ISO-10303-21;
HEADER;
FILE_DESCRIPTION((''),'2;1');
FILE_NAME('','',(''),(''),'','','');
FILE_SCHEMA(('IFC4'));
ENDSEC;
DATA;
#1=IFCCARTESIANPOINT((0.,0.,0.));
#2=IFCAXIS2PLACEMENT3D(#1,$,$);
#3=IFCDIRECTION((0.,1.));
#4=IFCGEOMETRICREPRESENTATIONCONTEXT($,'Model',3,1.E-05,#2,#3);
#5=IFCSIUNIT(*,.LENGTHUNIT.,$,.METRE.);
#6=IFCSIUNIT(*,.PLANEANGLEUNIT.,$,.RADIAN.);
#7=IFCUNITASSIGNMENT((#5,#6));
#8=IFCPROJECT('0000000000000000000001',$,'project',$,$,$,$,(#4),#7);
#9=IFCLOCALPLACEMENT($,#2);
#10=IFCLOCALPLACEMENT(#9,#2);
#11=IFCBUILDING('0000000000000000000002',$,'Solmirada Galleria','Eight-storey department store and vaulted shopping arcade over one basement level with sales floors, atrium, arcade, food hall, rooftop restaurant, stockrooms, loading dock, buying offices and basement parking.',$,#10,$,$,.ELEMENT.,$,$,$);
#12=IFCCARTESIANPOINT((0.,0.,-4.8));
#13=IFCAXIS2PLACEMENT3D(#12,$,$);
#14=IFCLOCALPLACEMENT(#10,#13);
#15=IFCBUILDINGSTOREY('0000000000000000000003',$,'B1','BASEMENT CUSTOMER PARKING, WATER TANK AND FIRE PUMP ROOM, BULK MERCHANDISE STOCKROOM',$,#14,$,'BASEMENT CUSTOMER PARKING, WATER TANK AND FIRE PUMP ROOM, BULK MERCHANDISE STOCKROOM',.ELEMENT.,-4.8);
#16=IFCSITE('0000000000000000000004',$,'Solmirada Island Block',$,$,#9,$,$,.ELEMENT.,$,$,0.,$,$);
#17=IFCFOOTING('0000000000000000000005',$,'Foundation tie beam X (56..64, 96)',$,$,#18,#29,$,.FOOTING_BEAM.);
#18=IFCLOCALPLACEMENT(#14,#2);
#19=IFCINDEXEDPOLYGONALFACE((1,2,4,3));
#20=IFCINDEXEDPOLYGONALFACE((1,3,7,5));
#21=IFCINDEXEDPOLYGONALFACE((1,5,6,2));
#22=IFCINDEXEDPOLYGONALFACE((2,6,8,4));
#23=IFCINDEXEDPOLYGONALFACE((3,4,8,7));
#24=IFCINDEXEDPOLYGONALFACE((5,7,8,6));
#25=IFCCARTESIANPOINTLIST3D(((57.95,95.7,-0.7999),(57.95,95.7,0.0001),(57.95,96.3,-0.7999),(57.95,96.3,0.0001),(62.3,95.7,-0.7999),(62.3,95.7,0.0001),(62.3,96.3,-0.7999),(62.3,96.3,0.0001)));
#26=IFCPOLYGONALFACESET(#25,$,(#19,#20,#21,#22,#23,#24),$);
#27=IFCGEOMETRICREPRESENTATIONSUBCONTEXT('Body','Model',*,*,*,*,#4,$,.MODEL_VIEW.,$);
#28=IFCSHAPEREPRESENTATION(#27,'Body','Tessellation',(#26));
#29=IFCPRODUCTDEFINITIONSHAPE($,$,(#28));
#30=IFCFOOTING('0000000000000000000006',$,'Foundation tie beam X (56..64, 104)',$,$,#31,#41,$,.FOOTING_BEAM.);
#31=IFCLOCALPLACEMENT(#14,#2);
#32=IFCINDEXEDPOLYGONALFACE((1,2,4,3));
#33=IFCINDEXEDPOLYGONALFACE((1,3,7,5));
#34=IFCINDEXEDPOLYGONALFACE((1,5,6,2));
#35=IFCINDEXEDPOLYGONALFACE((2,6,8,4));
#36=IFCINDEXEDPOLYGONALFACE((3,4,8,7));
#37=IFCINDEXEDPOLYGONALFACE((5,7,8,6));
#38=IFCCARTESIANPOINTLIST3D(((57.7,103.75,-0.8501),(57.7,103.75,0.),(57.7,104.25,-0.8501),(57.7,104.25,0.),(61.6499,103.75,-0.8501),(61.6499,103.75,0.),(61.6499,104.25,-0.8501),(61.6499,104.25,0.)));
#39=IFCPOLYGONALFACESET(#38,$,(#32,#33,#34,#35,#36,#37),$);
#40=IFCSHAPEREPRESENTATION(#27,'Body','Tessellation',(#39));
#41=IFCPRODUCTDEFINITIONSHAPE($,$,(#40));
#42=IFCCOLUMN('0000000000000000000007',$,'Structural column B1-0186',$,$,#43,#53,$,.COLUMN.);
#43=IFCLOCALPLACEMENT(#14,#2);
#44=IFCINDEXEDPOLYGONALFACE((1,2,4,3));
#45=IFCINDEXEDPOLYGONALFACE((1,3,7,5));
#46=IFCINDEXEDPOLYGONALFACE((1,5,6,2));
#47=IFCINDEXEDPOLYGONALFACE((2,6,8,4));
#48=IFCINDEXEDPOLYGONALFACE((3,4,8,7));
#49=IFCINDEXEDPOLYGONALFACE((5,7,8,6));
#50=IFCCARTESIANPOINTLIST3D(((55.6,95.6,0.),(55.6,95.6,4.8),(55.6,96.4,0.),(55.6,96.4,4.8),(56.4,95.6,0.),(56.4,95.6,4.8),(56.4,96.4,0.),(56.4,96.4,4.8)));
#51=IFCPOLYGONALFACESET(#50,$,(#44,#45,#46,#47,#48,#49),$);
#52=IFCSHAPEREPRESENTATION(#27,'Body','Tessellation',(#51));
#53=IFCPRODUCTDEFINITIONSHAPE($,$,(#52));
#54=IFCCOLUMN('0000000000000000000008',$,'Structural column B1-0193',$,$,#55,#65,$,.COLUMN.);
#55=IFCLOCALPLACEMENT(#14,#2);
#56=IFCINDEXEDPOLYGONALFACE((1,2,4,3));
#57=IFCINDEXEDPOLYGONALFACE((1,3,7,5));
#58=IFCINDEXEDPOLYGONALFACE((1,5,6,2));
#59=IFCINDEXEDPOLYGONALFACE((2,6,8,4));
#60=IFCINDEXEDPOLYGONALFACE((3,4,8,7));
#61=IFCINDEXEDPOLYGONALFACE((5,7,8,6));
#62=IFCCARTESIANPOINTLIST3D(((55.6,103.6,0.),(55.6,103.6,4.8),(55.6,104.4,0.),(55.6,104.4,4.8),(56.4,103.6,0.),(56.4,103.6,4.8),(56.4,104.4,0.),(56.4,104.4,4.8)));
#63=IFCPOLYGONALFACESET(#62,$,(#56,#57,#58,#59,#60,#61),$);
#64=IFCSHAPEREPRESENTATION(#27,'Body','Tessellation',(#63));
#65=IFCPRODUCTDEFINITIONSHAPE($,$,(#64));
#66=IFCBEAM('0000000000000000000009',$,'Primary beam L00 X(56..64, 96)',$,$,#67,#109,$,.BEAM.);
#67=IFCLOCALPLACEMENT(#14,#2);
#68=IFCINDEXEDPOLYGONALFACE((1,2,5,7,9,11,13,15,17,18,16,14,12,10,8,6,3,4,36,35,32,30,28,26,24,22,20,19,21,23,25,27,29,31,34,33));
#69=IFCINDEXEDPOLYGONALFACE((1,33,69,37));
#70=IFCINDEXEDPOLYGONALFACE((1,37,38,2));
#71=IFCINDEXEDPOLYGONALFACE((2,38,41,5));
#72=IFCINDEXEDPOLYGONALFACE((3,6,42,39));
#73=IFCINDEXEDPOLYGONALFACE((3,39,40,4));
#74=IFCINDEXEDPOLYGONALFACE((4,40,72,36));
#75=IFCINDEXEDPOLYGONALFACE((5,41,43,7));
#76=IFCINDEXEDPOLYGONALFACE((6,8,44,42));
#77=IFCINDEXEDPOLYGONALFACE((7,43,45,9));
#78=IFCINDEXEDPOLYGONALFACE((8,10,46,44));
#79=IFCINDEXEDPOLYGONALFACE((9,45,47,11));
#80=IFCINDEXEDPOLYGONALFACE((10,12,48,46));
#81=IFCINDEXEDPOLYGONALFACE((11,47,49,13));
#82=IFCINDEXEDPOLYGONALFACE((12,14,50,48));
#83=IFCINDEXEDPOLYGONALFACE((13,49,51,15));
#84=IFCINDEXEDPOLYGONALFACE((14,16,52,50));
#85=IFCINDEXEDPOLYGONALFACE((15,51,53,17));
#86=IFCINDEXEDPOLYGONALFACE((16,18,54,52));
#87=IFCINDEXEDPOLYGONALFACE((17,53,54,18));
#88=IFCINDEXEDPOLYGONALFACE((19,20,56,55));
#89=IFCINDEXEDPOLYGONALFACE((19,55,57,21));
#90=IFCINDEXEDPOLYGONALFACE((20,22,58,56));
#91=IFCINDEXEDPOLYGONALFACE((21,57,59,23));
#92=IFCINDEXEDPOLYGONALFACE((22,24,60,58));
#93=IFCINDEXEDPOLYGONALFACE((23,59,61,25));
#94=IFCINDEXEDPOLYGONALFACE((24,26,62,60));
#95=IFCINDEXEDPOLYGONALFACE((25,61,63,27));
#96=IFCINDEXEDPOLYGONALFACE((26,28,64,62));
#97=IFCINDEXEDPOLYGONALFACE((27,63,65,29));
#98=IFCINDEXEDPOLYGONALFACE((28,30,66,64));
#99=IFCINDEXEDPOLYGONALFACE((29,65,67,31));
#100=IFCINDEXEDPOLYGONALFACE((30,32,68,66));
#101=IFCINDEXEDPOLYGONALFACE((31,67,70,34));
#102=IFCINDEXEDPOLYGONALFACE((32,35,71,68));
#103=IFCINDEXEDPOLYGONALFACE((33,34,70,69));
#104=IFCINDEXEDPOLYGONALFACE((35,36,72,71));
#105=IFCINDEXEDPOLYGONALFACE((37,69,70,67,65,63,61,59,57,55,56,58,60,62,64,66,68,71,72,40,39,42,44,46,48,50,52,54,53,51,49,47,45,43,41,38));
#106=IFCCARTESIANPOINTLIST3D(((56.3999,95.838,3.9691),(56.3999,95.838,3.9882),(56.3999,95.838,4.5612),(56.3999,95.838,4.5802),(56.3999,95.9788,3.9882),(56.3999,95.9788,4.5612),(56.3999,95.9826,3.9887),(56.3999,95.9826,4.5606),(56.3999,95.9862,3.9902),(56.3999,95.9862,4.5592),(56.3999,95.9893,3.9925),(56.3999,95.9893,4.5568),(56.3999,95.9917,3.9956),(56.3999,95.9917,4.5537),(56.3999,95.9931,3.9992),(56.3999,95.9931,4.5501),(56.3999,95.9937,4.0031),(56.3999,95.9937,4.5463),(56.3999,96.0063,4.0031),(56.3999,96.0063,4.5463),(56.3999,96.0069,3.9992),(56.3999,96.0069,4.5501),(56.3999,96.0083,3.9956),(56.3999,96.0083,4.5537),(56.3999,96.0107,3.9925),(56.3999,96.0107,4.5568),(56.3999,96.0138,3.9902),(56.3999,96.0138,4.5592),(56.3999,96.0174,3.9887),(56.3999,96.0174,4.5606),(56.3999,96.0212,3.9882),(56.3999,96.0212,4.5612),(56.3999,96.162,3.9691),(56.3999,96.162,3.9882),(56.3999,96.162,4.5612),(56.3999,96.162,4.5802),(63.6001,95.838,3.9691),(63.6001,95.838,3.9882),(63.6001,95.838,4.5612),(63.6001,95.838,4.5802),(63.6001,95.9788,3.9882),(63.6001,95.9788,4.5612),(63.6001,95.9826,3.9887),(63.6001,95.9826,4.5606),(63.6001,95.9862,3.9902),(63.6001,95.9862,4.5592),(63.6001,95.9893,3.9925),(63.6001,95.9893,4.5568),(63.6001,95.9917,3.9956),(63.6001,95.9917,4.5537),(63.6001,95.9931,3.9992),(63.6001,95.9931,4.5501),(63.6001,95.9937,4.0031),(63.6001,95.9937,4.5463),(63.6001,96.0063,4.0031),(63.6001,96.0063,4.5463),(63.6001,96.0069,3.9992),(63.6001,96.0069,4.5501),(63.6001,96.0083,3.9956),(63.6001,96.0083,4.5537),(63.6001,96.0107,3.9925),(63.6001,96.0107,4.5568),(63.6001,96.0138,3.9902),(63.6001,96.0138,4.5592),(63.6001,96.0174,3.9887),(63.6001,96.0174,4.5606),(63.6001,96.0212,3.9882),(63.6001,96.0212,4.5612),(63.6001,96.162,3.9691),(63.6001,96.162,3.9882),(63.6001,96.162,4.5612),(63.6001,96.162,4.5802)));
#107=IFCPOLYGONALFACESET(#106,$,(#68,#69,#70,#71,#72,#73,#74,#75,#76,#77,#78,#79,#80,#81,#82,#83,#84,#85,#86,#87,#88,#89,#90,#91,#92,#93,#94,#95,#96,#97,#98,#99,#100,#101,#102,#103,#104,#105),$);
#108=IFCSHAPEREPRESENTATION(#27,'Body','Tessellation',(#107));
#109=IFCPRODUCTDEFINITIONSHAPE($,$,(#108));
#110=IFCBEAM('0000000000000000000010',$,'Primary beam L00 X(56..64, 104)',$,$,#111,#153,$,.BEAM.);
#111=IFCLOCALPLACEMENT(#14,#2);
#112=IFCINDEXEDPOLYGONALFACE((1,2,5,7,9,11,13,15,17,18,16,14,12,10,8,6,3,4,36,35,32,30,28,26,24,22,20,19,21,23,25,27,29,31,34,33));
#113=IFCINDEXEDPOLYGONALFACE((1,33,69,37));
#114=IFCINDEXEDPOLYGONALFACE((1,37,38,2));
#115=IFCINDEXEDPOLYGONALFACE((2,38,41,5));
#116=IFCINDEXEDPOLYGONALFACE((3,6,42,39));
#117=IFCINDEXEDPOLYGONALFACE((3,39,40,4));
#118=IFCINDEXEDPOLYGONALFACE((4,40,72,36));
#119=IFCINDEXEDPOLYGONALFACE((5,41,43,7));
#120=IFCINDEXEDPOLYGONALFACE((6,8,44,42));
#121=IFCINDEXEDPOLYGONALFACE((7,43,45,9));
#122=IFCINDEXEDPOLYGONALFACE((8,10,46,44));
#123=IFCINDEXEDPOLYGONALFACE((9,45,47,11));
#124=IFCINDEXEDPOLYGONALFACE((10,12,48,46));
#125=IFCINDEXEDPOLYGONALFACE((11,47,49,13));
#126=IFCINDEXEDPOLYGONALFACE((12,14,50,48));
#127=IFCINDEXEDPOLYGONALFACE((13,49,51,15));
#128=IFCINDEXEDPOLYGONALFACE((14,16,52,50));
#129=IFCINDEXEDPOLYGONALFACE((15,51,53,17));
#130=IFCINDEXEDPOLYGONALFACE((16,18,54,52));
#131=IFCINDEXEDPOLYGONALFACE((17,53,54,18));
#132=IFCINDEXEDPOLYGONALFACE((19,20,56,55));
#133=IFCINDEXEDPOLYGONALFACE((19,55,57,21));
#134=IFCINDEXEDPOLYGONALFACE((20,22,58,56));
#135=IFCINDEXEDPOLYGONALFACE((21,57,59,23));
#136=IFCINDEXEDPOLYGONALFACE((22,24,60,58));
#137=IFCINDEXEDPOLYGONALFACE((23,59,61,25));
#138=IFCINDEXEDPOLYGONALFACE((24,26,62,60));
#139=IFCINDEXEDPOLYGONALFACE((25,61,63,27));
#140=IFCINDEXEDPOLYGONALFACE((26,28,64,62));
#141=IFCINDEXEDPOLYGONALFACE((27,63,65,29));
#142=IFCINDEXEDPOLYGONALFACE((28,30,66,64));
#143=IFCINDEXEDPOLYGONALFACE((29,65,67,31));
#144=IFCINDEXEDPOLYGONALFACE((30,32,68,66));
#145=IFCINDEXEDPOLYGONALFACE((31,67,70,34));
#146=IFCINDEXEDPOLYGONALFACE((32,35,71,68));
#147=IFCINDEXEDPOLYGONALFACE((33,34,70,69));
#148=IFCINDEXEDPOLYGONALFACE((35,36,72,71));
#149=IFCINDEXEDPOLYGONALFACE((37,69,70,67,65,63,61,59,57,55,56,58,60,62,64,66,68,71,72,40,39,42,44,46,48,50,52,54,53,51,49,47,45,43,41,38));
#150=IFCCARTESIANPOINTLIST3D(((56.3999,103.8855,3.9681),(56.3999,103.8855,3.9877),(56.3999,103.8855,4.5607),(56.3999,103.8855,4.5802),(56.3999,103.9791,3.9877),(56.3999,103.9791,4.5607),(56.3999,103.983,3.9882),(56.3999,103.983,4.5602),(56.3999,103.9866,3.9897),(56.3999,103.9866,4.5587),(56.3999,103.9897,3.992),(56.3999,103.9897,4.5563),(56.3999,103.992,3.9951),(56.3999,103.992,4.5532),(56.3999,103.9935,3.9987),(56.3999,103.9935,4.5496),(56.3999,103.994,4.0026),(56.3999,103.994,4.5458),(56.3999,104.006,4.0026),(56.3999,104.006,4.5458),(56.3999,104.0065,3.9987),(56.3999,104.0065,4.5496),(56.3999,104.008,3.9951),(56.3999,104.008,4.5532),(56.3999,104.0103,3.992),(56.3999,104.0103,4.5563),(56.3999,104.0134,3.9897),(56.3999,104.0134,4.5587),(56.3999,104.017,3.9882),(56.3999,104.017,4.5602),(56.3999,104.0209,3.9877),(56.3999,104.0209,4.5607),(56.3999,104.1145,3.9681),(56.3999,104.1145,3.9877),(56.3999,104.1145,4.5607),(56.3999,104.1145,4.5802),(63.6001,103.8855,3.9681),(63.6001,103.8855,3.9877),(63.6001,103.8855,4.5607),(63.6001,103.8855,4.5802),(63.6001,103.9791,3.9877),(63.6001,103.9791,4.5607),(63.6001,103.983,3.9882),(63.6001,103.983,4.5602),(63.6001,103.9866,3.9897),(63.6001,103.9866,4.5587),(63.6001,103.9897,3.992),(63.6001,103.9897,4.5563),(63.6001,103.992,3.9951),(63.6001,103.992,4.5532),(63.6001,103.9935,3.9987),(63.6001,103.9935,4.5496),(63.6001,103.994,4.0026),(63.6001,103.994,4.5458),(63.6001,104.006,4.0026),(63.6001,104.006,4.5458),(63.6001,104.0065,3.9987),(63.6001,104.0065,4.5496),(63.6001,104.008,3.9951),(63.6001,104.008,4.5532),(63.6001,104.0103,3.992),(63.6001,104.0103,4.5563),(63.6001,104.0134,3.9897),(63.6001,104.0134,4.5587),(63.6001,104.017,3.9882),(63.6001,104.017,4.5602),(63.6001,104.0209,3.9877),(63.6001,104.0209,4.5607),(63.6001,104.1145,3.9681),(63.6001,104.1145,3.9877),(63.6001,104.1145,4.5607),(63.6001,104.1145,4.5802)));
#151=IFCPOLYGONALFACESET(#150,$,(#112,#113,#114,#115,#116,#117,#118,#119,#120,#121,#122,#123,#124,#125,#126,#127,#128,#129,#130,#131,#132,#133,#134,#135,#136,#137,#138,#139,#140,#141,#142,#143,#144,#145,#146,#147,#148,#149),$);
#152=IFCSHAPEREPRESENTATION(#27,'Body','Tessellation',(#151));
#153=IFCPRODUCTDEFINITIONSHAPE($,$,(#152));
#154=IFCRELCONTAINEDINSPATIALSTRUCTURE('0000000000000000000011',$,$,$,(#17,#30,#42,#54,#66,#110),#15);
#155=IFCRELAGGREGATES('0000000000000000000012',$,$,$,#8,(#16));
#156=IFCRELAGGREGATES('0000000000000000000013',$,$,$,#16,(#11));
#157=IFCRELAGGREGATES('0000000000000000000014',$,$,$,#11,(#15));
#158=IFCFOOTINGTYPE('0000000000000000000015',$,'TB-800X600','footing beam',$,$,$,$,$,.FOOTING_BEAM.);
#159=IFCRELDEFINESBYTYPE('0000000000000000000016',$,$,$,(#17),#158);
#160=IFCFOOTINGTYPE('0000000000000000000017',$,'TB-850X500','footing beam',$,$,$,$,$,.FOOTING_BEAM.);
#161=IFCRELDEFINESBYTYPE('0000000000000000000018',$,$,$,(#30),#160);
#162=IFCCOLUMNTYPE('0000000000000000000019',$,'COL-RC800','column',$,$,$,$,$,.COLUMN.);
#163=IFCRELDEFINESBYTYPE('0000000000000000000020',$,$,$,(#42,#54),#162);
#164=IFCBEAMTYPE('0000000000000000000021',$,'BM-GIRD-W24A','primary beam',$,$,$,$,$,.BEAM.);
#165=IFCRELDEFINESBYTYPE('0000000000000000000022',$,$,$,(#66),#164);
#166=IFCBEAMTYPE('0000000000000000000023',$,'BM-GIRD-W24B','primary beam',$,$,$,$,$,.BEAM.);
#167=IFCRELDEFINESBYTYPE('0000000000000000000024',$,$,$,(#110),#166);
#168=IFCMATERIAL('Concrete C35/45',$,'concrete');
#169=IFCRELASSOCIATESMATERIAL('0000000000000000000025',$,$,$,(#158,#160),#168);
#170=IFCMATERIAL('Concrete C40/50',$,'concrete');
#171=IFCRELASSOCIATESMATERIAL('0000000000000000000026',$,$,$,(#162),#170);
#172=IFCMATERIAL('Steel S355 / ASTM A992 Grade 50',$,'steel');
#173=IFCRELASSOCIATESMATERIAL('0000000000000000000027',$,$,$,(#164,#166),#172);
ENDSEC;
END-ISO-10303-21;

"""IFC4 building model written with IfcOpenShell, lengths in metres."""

from ifc_helpers import new_model, si_unit, direction, frame, origin, origin_2d, place, context, subcontext, project, spatial, rectangle, i_section, extrude, material, material_profile, profile_set, type_object, element, save


model = new_model("IFC4")

# Units and contexts
model_context = context("Model", 3, precision=1e-05, world=origin(), true_north=direction((0.0, 1.0)))
body_context = subcontext(model_context, "Body", "Model", "MODEL_VIEW")
ifc_project = project(units=[si_unit("LENGTHUNIT", "METRE"), si_unit("PLANEANGLEUNIT", "RADIAN")], contexts=[model_context])

# Site, building, storey
site_placement = place(None, origin())
site = spatial("IfcSite", under=ifc_project, at=site_placement, Name="Solmirada Island Block", CompositionType="ELEMENT", RefElevation=0.0)
building_placement = place(site_placement, origin())
building = spatial("IfcBuilding", under=site, at=building_placement, Name="Solmirada Galleria", Description="Eight-storey department store and vaulted shopping arcade over one basement level with sales floors, atrium, arcade, food hall, rooftop restaurant, stockrooms, loading dock, buying offices and basement parking.", CompositionType="ELEMENT")
storey_placement = place(building_placement, frame((0.0, 0.0, -4.8)))
storey = spatial("IfcBuildingStorey", under=building, at=storey_placement, Name="B1", Description="BASEMENT CUSTOMER PARKING, WATER TANK AND FIRE PUMP ROOM, BULK MERCHANDISE STOCKROOM", LongName="BASEMENT CUSTOMER PARKING, WATER TANK AND FIRE PUMP ROOM, BULK MERCHANDISE STOCKROOM", CompositionType="ELEMENT", Elevation=-4.8)

# Shared definitions
ifc_material_1 = material(Name="Concrete C35/45", Category="concrete")

# Shared definitions
ifc_material_2 = material(Name="Concrete C40/50", Category="concrete")

# Footings
ifc_material_profile_1 = material_profile(ifc_material_1, rectangle(XDim=0.6001, YDim=0.8, at=origin_2d()), Name="RC800X600")
ifc_profile_set_1 = profile_set([ifc_material_profile_1], Name="Concrete C35/45")
footing_type_1 = type_object("IfcFootingType", Name="TB-800X600", Description="footing beam", PredefinedType="FOOTING_BEAM", material=ifc_profile_set_1)
footing_1_placement = place(storey_placement, frame((57.95, 96.0, -0.3999), z_axis=(1.0, 0.0, 0.0), x_axis=(0.0, 1.0, 0.0)))
element("IfcFooting", 1, at=footing_1_placement, inside=storey, type_object=footing_type_1, Name="Foundation tie beam X (56..64, 96)", PredefinedType="FOOTING_BEAM", context=body_context, shape_type="SweptSolid", body=[
    extrude(rectangle(XDim=0.6001, YDim=0.8, at=origin_2d()), origin(), (0.0, 0.0, 1.0), 4.3501),
])
ifc_material_profile_2 = material_profile(ifc_material_1, rectangle(XDim=0.5, YDim=0.8501, at=origin_2d()), Name="RC850X500")
ifc_profile_set_2 = profile_set([ifc_material_profile_2], Name="Concrete C35/45")
footing_type_2 = type_object("IfcFootingType", Name="TB-850X500", Description="footing beam", PredefinedType="FOOTING_BEAM", material=ifc_profile_set_2)
footing_2_placement = place(storey_placement, frame((57.7, 104.0, -0.425), z_axis=(1.0, 0.0, 0.0), x_axis=(0.0, 1.0, 0.0)))
element("IfcFooting", 2, at=footing_2_placement, inside=storey, type_object=footing_type_2, Name="Foundation tie beam X (56..64, 104)", PredefinedType="FOOTING_BEAM", context=body_context, shape_type="SweptSolid", body=[
    extrude(rectangle(XDim=0.5, YDim=0.8501, at=origin_2d()), origin(), (0.0, 0.0, 1.0), 3.95),
])

# Columns
ifc_material_profile_3 = material_profile(ifc_material_2, rectangle(XDim=0.8, YDim=0.8, at=origin_2d()), Name="RC800X800")
ifc_profile_set_3 = profile_set([ifc_material_profile_3], Name="Concrete C40/50")
column_type = type_object("IfcColumnType", Name="COL-RC800", Description="column", PredefinedType="COLUMN", material=ifc_profile_set_3)
for number, where, z_axis, x_axis, name in (
    (3, (56.0, 96.0, 0.0), (0.0, 0.0, 1.0), (1.0, 0.0, 0.0), "Structural column B1-0186"),
    (4, (56.0, 104.0, 0.0), (0.0, 0.0, 1.0), (1.0, 0.0, 0.0), "Structural column B1-0193"),
):
    element("IfcColumn", number, at=place(storey_placement, frame(where, z_axis=z_axis, x_axis=x_axis)), inside=storey, type_object=column_type, Name=name, PredefinedType="COLUMN", context=body_context, shape_type="SweptSolid", body=[
        extrude(rectangle(XDim=0.8, YDim=0.8, at=origin_2d()), origin(), (0.0, 0.0, 1.0), 4.8),
    ])

# Beams
ifc_material_3 = material(Name="Steel S355 / ASTM A992 Grade 50", Category="steel")
ifc_material_profile_4 = material_profile(ifc_material_3, i_section(OverallWidth=0.324, OverallDepth=0.6111, WebThickness=0.0127, FlangeThickness=0.019, FilletRadius=0.0149, at=origin_2d()), Name="W24X104")
ifc_profile_set_4 = profile_set([ifc_material_profile_4], Name="Steel S355 / ASTM A992 Grade 50")
beam_type_1 = type_object("IfcBeamType", Name="BM-GIRD-W24A", Description="primary beam", PredefinedType="BEAM", material=ifc_profile_set_4)
beam_1_placement = place(storey_placement, frame((56.3999, 96.0, 4.2747), z_axis=(1.0, 0.0, 0.0), x_axis=(0.0, 1.0, 0.0)))
element("IfcBeam", 5, at=beam_1_placement, inside=storey, type_object=beam_type_1, Name="Primary beam L00 X(56..64, 96)", PredefinedType="BEAM", context=body_context, shape_type="SweptSolid", body=[
    extrude(i_section(OverallWidth=0.324, OverallDepth=0.6111, WebThickness=0.0127, FlangeThickness=0.019, FilletRadius=0.0149, at=origin_2d()), origin(), (0.0, 0.0, 1.0), 7.2002),
])
ifc_material_profile_5 = material_profile(ifc_material_3, i_section(OverallWidth=0.229, OverallDepth=0.6121, WebThickness=0.012, FlangeThickness=0.0195, FilletRadius=0.0149, at=origin_2d()), Name="W24X84")
ifc_profile_set_5 = profile_set([ifc_material_profile_5], Name="Steel S355 / ASTM A992 Grade 50")
beam_type_2 = type_object("IfcBeamType", Name="BM-GIRD-W24B", Description="primary beam", PredefinedType="BEAM", material=ifc_profile_set_5)
beam_2_placement = place(storey_placement, frame((56.3999, 104.0, 4.2742), z_axis=(1.0, 0.0, 0.0), x_axis=(0.0, 1.0, 0.0)))
element("IfcBeam", 6, at=beam_2_placement, inside=storey, type_object=beam_type_2, Name="Primary beam L00 X(56..64, 104)", PredefinedType="BEAM", context=body_context, shape_type="SweptSolid", body=[
    extrude(i_section(OverallWidth=0.229, OverallDepth=0.6121, WebThickness=0.012, FlangeThickness=0.0195, FilletRadius=0.0149, at=origin_2d()), origin(), (0.0, 0.0, 1.0), 7.2002),
])

save(model, "model.ifc")
